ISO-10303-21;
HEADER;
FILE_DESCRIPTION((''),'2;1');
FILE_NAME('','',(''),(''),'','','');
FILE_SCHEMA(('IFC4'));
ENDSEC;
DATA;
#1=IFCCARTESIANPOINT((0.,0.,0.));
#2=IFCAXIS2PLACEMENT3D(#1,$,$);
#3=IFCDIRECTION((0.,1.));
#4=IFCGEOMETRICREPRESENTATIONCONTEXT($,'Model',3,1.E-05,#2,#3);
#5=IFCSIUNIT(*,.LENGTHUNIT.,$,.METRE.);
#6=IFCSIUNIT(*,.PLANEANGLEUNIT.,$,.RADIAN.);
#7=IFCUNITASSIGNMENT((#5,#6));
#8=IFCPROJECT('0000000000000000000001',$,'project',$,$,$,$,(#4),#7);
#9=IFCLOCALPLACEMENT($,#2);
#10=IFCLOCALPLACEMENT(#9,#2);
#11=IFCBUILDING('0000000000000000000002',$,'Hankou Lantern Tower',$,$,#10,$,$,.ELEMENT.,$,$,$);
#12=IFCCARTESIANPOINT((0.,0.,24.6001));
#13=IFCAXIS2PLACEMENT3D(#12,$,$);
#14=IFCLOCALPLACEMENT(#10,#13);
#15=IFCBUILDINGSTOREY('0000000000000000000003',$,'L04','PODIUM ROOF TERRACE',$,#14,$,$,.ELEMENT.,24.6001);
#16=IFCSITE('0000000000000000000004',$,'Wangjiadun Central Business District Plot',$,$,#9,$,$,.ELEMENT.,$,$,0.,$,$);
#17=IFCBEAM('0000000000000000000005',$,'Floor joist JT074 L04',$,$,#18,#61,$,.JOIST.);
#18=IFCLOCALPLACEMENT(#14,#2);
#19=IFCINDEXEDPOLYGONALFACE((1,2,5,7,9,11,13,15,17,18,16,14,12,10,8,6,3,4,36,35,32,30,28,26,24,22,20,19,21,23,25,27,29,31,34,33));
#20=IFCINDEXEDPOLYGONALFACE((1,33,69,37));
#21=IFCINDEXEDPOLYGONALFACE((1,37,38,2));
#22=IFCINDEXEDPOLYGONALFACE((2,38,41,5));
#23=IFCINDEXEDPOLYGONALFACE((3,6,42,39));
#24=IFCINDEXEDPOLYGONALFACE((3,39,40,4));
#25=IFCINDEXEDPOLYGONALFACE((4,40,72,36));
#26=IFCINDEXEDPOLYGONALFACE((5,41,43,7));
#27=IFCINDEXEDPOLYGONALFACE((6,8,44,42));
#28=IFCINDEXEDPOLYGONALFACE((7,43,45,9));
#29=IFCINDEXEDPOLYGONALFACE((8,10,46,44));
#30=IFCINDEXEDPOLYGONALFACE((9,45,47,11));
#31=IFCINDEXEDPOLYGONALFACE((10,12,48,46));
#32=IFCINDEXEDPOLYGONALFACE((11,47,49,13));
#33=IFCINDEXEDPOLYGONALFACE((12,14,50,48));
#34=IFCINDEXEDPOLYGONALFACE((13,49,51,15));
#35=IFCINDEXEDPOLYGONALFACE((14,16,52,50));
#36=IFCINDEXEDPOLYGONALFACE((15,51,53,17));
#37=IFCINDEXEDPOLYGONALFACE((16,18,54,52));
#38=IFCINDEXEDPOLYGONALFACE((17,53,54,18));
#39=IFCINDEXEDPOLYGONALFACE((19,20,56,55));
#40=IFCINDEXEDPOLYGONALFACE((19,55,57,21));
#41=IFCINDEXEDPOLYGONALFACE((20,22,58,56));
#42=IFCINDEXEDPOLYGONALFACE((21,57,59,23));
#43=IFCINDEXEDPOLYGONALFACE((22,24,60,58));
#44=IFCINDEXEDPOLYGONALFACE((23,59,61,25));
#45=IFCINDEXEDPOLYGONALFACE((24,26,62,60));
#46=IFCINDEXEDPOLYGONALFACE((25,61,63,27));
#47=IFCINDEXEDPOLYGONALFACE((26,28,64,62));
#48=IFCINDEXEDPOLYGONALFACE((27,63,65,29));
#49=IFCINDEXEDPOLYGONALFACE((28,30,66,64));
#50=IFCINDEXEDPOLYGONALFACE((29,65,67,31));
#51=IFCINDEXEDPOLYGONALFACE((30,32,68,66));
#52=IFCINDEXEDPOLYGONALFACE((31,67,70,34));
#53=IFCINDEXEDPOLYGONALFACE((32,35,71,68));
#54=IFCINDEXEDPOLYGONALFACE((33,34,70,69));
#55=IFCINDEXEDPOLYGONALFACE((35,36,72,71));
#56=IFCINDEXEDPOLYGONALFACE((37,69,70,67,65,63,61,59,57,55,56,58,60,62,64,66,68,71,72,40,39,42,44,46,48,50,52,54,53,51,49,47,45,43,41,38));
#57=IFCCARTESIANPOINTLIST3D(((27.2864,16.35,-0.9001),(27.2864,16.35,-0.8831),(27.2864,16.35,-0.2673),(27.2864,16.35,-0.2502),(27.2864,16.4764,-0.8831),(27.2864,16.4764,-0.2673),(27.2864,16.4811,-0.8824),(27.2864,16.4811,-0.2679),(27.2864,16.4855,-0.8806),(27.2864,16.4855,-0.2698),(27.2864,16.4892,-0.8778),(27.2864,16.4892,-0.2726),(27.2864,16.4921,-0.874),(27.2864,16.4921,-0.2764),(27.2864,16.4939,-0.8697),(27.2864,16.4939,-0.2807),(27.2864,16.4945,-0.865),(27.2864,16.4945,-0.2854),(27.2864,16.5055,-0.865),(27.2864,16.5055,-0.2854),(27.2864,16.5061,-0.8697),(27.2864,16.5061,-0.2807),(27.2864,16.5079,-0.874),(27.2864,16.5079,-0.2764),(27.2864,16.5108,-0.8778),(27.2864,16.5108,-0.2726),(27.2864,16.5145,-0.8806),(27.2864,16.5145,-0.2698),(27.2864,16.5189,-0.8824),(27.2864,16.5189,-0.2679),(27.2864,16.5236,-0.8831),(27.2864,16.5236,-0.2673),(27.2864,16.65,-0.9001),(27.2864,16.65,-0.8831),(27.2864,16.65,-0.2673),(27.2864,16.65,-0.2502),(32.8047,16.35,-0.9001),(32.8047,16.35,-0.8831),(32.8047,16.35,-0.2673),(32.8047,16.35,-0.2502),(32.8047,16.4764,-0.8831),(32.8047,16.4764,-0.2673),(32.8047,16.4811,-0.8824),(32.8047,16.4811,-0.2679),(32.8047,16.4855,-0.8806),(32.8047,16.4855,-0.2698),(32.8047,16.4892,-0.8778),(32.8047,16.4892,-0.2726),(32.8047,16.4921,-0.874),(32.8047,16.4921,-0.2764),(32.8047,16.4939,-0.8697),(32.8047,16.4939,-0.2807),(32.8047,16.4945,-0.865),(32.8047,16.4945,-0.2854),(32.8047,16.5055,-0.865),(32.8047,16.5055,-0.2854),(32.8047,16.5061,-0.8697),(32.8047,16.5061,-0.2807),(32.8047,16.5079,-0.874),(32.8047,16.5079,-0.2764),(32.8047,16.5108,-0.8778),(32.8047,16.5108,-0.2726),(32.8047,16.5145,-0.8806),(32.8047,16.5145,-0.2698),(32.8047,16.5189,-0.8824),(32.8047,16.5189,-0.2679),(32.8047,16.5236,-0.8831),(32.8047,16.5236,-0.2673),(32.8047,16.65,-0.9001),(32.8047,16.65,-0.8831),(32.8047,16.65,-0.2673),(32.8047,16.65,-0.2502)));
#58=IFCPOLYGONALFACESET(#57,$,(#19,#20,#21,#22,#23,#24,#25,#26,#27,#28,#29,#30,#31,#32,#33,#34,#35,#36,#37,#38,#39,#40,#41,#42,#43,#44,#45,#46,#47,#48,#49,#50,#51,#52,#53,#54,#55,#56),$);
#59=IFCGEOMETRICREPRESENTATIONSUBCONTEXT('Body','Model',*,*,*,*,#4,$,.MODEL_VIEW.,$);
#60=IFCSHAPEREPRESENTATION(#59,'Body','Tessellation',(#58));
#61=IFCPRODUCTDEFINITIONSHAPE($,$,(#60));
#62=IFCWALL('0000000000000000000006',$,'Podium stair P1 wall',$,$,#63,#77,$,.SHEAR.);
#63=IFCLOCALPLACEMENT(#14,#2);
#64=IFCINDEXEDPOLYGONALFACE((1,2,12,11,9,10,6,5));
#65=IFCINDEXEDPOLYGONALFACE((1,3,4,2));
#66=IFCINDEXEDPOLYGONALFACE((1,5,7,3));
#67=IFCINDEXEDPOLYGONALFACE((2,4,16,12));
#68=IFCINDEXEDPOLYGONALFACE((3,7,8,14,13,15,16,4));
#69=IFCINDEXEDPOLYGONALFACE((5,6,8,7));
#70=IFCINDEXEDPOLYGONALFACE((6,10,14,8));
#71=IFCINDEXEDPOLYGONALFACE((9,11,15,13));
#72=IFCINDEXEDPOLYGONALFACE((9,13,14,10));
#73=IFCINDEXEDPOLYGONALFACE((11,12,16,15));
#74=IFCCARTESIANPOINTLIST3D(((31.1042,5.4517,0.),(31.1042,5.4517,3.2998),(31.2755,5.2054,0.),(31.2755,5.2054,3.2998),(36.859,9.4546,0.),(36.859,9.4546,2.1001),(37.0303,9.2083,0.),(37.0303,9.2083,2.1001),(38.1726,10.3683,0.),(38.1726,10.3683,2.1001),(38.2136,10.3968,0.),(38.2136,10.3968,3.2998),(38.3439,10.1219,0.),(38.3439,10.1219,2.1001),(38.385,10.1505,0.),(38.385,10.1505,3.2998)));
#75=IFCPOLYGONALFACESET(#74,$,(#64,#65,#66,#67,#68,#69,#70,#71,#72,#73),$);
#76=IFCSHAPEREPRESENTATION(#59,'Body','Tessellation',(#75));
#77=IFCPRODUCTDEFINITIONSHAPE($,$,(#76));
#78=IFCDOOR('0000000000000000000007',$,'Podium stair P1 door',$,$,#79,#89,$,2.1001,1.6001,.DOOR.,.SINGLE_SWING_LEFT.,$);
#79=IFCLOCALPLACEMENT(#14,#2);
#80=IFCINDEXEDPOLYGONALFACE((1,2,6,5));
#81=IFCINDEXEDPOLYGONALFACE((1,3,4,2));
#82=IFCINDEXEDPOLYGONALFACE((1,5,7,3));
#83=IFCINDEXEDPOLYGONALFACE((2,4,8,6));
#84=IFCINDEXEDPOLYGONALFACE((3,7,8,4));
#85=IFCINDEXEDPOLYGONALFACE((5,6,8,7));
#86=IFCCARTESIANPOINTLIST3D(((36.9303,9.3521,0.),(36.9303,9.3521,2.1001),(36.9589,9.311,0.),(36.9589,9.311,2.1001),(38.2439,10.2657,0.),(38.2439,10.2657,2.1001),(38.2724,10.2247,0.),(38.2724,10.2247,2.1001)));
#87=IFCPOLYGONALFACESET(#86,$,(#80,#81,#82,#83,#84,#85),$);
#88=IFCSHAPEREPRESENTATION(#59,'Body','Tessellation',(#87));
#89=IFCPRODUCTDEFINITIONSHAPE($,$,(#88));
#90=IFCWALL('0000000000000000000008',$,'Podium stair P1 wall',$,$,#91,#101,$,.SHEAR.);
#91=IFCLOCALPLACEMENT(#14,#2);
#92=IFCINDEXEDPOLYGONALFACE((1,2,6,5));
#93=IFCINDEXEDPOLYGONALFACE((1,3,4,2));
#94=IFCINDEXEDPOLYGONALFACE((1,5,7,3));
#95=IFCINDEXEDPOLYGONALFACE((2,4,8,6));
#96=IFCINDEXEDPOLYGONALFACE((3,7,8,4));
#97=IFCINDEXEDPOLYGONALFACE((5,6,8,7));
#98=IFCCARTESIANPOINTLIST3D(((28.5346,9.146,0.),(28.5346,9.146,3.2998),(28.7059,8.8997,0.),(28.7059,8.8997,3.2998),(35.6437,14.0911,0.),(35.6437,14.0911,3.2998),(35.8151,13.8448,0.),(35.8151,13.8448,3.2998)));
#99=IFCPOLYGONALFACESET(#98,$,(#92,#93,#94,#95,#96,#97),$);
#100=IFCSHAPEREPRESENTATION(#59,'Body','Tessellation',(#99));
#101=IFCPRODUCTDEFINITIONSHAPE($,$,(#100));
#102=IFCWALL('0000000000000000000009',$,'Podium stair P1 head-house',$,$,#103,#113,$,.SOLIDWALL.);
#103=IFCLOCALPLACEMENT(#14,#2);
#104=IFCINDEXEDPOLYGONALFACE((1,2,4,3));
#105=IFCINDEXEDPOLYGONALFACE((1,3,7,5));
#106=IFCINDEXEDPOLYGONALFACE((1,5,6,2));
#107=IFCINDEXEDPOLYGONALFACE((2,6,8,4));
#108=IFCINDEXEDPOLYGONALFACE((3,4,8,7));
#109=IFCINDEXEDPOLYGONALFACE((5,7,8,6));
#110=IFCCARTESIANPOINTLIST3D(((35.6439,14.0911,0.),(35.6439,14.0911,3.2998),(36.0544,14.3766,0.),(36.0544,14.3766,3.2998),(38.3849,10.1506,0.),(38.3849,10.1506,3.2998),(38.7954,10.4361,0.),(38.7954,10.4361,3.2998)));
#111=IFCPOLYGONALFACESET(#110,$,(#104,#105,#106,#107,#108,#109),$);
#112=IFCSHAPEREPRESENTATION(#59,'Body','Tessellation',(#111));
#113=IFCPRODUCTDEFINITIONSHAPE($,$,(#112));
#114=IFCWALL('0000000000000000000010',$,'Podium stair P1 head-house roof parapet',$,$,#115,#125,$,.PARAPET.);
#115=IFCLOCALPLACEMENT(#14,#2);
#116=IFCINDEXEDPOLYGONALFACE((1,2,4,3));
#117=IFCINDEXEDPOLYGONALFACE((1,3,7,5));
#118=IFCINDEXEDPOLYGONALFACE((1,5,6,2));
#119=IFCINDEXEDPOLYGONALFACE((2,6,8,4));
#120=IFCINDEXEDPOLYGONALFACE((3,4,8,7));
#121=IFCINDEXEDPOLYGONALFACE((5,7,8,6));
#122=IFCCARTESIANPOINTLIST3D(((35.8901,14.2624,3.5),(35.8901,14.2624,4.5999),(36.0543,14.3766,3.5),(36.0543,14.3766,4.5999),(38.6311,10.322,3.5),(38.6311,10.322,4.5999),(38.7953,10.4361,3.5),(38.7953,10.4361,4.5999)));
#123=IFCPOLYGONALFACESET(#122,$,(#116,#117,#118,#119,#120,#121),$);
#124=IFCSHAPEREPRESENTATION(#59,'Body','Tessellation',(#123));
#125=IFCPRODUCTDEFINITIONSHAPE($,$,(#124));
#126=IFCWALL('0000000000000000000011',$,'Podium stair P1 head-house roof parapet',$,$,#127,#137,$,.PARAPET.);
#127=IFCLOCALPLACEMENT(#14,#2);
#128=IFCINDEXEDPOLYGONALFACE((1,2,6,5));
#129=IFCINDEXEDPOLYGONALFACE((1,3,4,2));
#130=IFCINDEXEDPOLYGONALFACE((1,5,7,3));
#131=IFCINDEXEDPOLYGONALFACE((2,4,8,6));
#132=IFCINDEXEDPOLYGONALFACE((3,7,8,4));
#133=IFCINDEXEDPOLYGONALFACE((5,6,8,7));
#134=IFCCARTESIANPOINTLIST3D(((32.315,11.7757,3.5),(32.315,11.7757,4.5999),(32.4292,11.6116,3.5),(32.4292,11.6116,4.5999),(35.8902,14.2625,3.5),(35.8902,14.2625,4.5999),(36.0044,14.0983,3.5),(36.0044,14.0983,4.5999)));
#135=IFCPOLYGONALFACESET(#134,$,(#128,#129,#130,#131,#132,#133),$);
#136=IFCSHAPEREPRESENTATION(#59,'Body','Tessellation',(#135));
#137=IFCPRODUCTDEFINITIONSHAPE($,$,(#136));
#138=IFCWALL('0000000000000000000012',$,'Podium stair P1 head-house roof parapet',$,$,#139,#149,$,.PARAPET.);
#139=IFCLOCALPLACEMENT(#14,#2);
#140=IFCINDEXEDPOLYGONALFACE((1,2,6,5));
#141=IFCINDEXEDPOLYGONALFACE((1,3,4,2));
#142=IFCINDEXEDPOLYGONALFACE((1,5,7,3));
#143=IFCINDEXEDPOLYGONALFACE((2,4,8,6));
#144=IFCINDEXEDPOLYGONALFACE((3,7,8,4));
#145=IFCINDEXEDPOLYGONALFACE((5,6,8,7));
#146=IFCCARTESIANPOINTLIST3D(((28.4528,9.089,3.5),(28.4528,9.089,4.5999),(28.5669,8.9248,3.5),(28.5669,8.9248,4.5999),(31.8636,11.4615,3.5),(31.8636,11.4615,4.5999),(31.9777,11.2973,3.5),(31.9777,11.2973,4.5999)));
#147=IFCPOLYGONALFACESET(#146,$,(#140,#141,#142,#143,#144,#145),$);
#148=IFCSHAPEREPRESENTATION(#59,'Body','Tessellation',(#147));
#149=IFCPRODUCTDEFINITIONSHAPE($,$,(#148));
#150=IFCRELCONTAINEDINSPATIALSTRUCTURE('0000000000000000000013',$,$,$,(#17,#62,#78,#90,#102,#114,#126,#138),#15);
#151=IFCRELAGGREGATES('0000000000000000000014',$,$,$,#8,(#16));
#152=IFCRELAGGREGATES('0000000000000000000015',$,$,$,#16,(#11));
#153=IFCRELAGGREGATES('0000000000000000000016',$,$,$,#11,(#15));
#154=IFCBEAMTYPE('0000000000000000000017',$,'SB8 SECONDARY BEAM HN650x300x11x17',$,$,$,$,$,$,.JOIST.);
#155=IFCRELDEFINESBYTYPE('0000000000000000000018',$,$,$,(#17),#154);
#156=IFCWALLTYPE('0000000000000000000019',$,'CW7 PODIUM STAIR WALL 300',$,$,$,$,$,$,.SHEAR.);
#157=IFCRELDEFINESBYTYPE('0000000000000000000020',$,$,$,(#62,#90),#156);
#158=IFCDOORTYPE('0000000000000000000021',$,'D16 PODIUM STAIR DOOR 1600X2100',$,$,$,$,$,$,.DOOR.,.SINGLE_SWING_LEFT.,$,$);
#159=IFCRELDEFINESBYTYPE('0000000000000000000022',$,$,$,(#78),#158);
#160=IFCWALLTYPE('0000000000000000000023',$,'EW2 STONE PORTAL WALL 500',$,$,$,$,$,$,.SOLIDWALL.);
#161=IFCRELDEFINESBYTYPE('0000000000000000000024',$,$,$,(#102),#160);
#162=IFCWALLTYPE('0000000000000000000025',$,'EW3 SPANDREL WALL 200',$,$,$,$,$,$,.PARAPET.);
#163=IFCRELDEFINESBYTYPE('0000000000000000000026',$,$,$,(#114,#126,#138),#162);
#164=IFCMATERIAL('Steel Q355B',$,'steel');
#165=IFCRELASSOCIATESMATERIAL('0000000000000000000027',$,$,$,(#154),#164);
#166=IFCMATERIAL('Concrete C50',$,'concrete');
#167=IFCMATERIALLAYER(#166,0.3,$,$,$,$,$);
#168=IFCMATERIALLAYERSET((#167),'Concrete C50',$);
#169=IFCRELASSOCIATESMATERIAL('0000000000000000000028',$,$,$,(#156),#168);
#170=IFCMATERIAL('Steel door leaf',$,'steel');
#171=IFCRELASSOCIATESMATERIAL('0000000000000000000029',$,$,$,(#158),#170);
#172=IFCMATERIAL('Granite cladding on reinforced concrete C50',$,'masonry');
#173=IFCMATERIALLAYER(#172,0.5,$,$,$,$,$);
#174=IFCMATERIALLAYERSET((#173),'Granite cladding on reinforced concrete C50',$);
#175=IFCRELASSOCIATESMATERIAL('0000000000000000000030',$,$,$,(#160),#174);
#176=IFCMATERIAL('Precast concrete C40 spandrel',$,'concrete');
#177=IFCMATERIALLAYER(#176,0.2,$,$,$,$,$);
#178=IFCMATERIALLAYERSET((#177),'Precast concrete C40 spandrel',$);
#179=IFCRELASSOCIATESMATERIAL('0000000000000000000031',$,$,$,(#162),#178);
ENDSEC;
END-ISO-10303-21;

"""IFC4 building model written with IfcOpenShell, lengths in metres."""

from ifc_helpers import new_model, si_unit, direction, frame, frame_2d, origin, origin_2d, place, context, subcontext, project, spatial, rectangle, i_section, extrude, material, layer, layer_set, material_profile, profile_set, type_object, element, fill, save


model = new_model("IFC4")

# Units and contexts
model_context = context("Model", 3, precision=1e-05, world=origin(), true_north=direction((0.0, 1.0)))
body_context = subcontext(model_context, "Body", "Model", "MODEL_VIEW")
ifc_project = project(units=[si_unit("LENGTHUNIT", "METRE"), si_unit("PLANEANGLEUNIT", "RADIAN")], contexts=[model_context])

# Site, building, storey
site_placement = place(None, origin())
site = spatial("IfcSite", under=ifc_project, at=site_placement, Name="Wangjiadun Central Business District Plot", CompositionType="ELEMENT", RefElevation=0.0)
building_placement = place(site_placement, origin())
building = spatial("IfcBuilding", under=site, at=building_placement, Name="Hankou Lantern Tower", CompositionType="ELEMENT")
storey_placement = place(building_placement, frame((0.0, 0.0, 24.6001)))
storey = spatial("IfcBuildingStorey", under=building, at=storey_placement, Name="L04", Description="PODIUM ROOF TERRACE", CompositionType="ELEMENT", Elevation=24.6001)

# Beam
ifc_material_1 = material(Name="Steel Q355B", Category="steel")
ifc_material_profile_1 = material_profile(ifc_material_1, i_section(OverallWidth=0.3, OverallDepth=0.6499, WebThickness=0.011, FlangeThickness=0.0171, FilletRadius=0.0181, at=origin_2d()), Name="HN650x300x11x17")
ifc_profile_set_1 = profile_set([ifc_material_profile_1], Name="Steel Q355B")
beam_type_1 = type_object("IfcBeamType", Name="SB8 SECONDARY BEAM HN650x300x11x17", PredefinedType="JOIST", material=ifc_profile_set_1)
beam_1_placement = place(storey_placement, frame((27.2864, 16.5, -0.5752), z_axis=(1.0, 0.0, 0.0), x_axis=(0.0, 1.0, 0.0)))
element("IfcBeam", 1, at=beam_1_placement, inside=storey, type_object=beam_type_1, Name="Floor joist JT074 L04", PredefinedType="JOIST", context=body_context, shape_type="SweptSolid", body=[
    extrude(i_section(OverallWidth=0.3, OverallDepth=0.6499, WebThickness=0.011, FlangeThickness=0.0171, FilletRadius=0.0181, at=origin_2d()), origin(), (0.0, 0.0, 1.0), 5.5183),
])

# Wall, opening, door
ifc_material_2 = material(Name="Concrete C50", Category="concrete")
ifc_layer_1 = layer(ifc_material_2, 0.3)
ifc_layer_set_1 = layer_set([ifc_layer_1], Name="Concrete C50")
wall_type_1 = type_object("IfcWallType", Name="CW7 PODIUM STAIR WALL 300", PredefinedType="SHEAR", material=ifc_layer_set_1)
wall_1_placement = place(storey_placement, frame((38.2993, 10.2737, 0.0), z_axis=(0.0, 0.0, 1.0), x_axis=(-0.820937, -0.571019, 0.0)))
wall_1 = element("IfcWall", 2, at=wall_1_placement, inside=storey, type_object=wall_type_1, Name="Podium stair P1 wall", PredefinedType="SHEAR", context=body_context, shape_type="SweptSolid", body=[
    extrude(rectangle(XDim=8.6602, YDim=0.3, at=frame_2d((4.3301, 0.0))), origin(), (0.0, 0.0, 1.0), 3.2998),
])
opening_placement = place(wall_1_placement, frame((0.05, 0.0, 0.0)))
opening = element("IfcOpeningElement", 3, at=opening_placement, cuts=wall_1, PredefinedType="OPENING", context=body_context, shape_type="SweptSolid", body=[
    extrude(rectangle(XDim=1.6001, YDim=2.1001, at=frame_2d((0.8, 1.05))), frame((0.0, 0.1599, 0.0), z_axis=(0.0, -1.0, 0.0), x_axis=(1.0, 0.0, 0.0)), (0.0, 0.0, 1.0), 0.3201),
])
ifc_material_3 = material(Name="Steel door leaf", Category="steel")
door_type = type_object("IfcDoorType", Name="D16 PODIUM STAIR DOOR 1600X2100", OperationType="SINGLE_SWING_LEFT", PredefinedType="DOOR", material=ifc_material_3)
door_placement = place(opening_placement, origin())
door = element("IfcDoor", 4, at=door_placement, inside=storey, type_object=door_type, Name="Podium stair P1 door", OperationType="SINGLE_SWING_LEFT", OverallHeight=2.1001, OverallWidth=1.6001, PredefinedType="DOOR", context=body_context, shape_type="SweptSolid", body=[
    extrude(rectangle(XDim=1.6001, YDim=2.1001, at=frame_2d((0.8, 1.05))), frame((0.0, 0.0249, 0.0), z_axis=(0.0, -1.0, 0.0), x_axis=(1.0, 0.0, 0.0)), (0.0, 0.0, 1.0), 0.05),
])
fill(opening, door)

# Walls
wall_2_placement = place(storey_placement, frame((35.7295, 13.968, 0.0), z_axis=(0.0, 0.0, 1.0), x_axis=(-0.820928, -0.571032, 0.0)))
element("IfcWall", 5, at=wall_2_placement, inside=storey, type_object=wall_type_1, Name="Podium stair P1 wall", PredefinedType="SHEAR", context=body_context, shape_type="SweptSolid", body=[
    extrude(rectangle(XDim=8.6599, YDim=0.3, at=frame_2d((4.3301, 0.0))), origin(), (0.0, 0.0, 1.0), 3.2998),
])
ifc_material_4 = material(Name="Granite cladding on reinforced concrete C50", Category="masonry")
ifc_layer_2 = layer(ifc_material_4, 0.5)
ifc_layer_set_2 = layer_set([ifc_layer_2], Name="Granite cladding on reinforced concrete C50")
wall_type_2 = type_object("IfcWallType", Name="EW2 STONE PORTAL WALL 500", PredefinedType="SOLIDWALL", material=ifc_layer_set_2)
wall_3_placement = place(storey_placement, frame((38.5901, 10.2935, 0.0), z_axis=(0.0, 0.0, 1.0), x_axis=(-0.571036, 0.820925, 0.0)))
element("IfcWall", 6, at=wall_3_placement, inside=storey, type_object=wall_type_2, Name="Podium stair P1 head-house", PredefinedType="SOLIDWALL", context=body_context, shape_type="SweptSolid", body=[
    extrude(rectangle(XDim=4.8, YDim=0.5, at=frame_2d((2.3999, 0.0))), origin(), (0.0, 0.0, 1.0), 3.2998),
])
ifc_material_5 = material(Name="Precast concrete C40 spandrel", Category="concrete")
ifc_layer_3 = layer(ifc_material_5, 0.2)
ifc_layer_set_3 = layer_set([ifc_layer_3], Name="Precast concrete C40 spandrel")
wall_type_3 = type_object("IfcWallType", Name="EW3 SPANDREL WALL 200", PredefinedType="PARAPET", material=ifc_layer_set_3)
wall_4_placement = place(storey_placement, frame((38.7131, 10.3792, 3.5), z_axis=(0.0, 0.0, 1.0), x_axis=(-0.571036, 0.820925, 0.0)))
element("IfcWall", 7, at=wall_4_placement, inside=storey, type_object=wall_type_3, Name="Podium stair P1 head-house roof parapet", PredefinedType="PARAPET", context=body_context, shape_type="SweptSolid", body=[
    extrude(rectangle(XDim=4.8, YDim=0.2, at=frame_2d((2.3999, 0.0))), origin(), (0.0, 0.0, 1.0), 1.0999),
])
wall_5_placement = place(storey_placement, frame((35.9473, 14.1804, 3.5), z_axis=(0.0, 0.0, 1.0), x_axis=(-0.820935, -0.571022, 0.0)))
element("IfcWall", 8, at=wall_5_placement, inside=storey, type_object=wall_type_3, Name="Podium stair P1 head-house roof parapet", PredefinedType="PARAPET", context=body_context, shape_type="SweptSolid", body=[
    extrude(rectangle(XDim=4.355, YDim=0.2, at=frame_2d((2.1775, 0.0))), origin(), (0.0, 0.0, 1.0), 1.0999),
])
wall_6_placement = place(storey_placement, frame((31.9207, 11.3794, 3.5), z_axis=(0.0, 0.0, 1.0), x_axis=(-0.820932, -0.571027, 0.0)))
element("IfcWall", 9, at=wall_6_placement, inside=storey, type_object=wall_type_3, Name="Podium stair P1 head-house roof parapet", PredefinedType="PARAPET", context=body_context, shape_type="SweptSolid", body=[
    extrude(rectangle(XDim=4.1548, YDim=0.2, at=frame_2d((2.0774, 0.0))), origin(), (0.0, 0.0, 1.0), 1.0999),
])

save(model, "model.ifc")
